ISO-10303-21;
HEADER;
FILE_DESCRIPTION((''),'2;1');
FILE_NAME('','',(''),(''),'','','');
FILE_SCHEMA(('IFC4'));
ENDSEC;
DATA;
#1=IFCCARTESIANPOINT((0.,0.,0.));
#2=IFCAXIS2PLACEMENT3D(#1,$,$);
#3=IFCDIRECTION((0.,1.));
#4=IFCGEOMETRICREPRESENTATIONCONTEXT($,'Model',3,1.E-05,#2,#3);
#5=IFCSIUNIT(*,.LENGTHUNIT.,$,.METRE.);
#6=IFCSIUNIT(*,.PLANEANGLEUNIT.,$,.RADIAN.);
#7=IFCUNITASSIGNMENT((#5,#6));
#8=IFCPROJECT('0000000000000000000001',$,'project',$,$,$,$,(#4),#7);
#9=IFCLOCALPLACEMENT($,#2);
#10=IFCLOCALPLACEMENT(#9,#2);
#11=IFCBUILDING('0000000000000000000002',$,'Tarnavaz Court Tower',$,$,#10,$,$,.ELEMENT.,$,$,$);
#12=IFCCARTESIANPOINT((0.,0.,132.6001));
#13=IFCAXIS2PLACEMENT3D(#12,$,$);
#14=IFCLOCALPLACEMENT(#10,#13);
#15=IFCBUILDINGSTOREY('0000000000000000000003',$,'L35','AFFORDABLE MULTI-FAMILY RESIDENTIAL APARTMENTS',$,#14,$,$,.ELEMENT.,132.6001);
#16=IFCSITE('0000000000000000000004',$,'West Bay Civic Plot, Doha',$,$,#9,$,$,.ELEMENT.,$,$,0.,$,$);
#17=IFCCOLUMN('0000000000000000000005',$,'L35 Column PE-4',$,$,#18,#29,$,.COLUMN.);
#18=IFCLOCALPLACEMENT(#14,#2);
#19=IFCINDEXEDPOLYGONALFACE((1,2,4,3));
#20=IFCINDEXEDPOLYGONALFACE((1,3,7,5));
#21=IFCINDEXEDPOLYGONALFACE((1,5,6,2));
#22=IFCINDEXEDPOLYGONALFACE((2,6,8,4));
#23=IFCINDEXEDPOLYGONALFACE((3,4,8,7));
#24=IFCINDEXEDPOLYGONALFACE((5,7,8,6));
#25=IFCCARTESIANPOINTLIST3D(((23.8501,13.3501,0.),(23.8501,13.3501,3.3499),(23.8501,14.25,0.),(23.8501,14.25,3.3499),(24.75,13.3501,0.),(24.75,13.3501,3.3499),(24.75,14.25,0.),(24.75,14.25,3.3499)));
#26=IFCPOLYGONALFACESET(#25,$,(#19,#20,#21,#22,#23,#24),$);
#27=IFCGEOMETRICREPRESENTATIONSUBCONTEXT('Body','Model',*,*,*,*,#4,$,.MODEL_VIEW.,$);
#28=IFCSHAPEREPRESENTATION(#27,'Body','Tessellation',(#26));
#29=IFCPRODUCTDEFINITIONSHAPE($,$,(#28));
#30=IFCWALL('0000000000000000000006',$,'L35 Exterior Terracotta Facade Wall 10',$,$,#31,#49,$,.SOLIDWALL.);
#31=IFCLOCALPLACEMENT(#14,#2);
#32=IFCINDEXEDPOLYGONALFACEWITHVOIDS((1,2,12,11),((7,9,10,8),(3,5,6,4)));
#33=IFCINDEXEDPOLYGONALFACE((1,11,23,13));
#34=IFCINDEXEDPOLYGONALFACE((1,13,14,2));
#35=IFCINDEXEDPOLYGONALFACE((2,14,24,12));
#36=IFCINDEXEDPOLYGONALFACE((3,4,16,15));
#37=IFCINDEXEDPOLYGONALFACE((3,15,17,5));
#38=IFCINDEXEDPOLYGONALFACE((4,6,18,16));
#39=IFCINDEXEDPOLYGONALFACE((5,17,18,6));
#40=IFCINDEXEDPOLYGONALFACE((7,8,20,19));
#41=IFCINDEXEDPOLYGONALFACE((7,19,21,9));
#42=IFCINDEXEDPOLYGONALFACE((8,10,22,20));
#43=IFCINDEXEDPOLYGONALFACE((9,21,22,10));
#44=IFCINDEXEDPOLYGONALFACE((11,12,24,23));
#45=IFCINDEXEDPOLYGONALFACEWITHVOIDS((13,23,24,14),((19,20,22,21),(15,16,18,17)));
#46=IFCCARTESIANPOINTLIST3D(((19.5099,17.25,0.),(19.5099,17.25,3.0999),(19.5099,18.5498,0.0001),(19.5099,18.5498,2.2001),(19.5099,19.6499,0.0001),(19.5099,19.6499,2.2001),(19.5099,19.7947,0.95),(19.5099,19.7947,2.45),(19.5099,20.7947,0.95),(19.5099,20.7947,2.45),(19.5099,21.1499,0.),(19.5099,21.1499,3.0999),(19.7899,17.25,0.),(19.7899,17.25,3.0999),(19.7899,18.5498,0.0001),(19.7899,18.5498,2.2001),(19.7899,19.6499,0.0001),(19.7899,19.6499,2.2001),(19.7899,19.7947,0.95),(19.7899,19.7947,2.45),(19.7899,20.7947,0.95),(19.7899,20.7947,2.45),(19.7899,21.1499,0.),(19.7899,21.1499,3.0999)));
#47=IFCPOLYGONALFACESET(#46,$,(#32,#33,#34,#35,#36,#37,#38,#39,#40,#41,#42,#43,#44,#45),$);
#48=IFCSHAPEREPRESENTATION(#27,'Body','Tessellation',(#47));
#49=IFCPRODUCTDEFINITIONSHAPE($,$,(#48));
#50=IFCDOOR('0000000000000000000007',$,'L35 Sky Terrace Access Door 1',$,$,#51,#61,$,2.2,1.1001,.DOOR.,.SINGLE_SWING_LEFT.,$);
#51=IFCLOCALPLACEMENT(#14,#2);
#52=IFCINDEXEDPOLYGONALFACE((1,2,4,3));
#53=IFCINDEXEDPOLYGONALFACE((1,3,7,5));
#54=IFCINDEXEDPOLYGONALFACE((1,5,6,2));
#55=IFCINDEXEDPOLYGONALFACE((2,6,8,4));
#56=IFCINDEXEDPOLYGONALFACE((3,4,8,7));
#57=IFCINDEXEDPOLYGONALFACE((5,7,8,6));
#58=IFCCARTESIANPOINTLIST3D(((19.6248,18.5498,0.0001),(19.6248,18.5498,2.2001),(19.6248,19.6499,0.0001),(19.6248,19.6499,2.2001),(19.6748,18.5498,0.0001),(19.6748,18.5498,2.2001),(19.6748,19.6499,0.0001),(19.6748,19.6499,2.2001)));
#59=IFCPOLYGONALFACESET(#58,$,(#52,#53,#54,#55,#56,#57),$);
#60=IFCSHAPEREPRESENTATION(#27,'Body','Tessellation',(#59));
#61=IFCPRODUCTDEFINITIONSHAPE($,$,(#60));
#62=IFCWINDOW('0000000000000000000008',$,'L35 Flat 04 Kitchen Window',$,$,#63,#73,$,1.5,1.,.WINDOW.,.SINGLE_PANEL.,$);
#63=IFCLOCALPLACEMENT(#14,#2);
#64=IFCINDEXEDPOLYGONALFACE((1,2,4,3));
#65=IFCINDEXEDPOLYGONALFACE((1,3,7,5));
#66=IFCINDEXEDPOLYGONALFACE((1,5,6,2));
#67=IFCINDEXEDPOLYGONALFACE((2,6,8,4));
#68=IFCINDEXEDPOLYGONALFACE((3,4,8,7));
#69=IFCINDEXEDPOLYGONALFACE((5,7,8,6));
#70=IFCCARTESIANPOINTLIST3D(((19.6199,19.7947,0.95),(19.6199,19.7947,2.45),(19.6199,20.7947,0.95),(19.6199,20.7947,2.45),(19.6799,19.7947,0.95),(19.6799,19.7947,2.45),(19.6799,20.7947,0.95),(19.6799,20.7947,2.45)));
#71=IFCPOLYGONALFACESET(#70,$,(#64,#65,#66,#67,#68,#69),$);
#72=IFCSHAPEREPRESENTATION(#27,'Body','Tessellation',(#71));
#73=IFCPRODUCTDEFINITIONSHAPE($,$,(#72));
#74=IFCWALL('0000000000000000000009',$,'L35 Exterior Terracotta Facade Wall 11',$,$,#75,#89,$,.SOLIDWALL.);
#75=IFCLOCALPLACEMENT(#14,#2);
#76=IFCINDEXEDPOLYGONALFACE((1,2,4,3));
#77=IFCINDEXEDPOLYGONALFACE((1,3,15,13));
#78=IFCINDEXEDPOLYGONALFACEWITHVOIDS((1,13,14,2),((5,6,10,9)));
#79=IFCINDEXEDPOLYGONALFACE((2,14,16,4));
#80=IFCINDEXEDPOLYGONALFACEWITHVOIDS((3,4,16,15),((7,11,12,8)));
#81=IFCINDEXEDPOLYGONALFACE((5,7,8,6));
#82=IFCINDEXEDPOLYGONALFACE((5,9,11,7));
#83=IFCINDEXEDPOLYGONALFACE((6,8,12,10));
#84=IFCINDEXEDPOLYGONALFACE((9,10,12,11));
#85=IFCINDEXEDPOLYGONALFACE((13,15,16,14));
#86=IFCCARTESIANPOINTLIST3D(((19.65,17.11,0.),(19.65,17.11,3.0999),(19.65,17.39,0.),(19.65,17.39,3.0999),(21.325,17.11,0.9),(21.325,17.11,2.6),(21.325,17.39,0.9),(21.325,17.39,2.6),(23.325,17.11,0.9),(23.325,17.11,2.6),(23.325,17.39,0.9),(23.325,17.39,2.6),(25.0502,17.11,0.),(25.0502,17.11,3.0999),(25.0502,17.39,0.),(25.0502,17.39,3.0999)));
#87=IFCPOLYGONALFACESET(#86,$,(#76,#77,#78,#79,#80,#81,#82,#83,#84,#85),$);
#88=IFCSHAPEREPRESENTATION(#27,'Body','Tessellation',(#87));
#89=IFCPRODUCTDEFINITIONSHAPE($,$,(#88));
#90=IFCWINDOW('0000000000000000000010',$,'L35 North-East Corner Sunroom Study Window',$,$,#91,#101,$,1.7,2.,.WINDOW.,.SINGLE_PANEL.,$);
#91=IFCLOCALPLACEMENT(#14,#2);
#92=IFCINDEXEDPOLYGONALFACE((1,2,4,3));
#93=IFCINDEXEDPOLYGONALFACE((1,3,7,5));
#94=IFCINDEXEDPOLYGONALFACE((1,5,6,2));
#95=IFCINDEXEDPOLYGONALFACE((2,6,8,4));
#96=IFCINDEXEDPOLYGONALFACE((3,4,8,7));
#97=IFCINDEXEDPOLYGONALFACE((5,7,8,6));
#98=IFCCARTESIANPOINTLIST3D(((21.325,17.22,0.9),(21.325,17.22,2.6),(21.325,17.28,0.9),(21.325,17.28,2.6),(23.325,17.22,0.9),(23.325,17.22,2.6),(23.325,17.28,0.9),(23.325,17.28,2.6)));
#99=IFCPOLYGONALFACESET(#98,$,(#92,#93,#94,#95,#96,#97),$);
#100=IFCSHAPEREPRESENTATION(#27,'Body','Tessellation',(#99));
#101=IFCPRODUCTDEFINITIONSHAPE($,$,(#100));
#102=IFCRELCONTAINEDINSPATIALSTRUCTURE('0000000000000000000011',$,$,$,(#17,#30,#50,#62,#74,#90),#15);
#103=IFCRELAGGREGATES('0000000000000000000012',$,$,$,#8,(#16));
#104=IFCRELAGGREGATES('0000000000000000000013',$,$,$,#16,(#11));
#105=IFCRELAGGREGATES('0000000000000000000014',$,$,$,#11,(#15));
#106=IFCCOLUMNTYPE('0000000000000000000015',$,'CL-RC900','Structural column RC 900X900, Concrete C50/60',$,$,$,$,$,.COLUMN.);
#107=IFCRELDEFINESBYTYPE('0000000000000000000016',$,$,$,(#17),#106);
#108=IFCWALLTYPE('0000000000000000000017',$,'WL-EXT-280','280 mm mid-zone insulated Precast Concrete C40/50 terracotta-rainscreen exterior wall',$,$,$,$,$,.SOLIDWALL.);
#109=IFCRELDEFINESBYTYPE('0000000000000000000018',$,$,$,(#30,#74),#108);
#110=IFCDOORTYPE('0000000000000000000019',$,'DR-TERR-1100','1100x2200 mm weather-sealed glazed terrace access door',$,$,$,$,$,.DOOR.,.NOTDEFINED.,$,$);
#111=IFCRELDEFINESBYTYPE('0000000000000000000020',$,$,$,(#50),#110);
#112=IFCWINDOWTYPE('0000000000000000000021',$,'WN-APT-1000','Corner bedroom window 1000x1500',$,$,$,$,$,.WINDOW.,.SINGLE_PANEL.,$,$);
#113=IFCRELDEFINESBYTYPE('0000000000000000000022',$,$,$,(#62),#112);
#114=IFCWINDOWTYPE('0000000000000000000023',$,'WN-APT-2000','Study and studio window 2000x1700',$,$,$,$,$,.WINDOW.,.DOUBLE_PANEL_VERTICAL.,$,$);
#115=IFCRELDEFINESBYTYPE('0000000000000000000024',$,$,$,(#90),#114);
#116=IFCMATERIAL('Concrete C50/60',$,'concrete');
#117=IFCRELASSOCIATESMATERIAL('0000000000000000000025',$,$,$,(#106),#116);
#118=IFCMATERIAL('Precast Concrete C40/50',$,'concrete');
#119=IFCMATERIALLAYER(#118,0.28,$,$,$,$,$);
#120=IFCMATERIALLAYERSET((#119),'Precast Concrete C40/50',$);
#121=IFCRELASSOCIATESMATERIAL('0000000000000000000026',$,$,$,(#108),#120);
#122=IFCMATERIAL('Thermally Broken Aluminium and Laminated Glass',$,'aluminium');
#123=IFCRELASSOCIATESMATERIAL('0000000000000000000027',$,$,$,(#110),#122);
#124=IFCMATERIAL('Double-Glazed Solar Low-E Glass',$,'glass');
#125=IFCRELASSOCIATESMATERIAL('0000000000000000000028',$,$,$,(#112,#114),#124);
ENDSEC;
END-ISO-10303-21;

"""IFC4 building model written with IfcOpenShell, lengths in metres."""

from ifc_helpers import new_model, si_unit, direction, frame, frame_2d, origin, origin_2d, place, context, subcontext, project, spatial, rectangle, extrude, material, layer, layer_set, material_profile, profile_set, type_object, element, fill, save


model = new_model("IFC4")

# Units and contexts
model_context = context("Model", 3, precision=1e-05, world=origin(), true_north=direction((0.0, 1.0)))
body_context = subcontext(model_context, "Body", "Model", "MODEL_VIEW")
ifc_project = project(units=[si_unit("LENGTHUNIT", "METRE"), si_unit("PLANEANGLEUNIT", "RADIAN")], contexts=[model_context])

# Site, building, storey
site_placement = place(None, origin())
site = spatial("IfcSite", under=ifc_project, at=site_placement, Name="West Bay Civic Plot, Doha", CompositionType="ELEMENT", RefElevation=0.0)
building_placement = place(site_placement, origin())
building = spatial("IfcBuilding", under=site, at=building_placement, Name="Tarnavaz Court Tower", CompositionType="ELEMENT")
storey_placement = place(building_placement, frame((0.0, 0.0, 132.6001)))
storey = spatial("IfcBuildingStorey", under=building, at=storey_placement, Name="L35", Description="AFFORDABLE MULTI-FAMILY RESIDENTIAL APARTMENTS", CompositionType="ELEMENT", Elevation=132.6001)

# Column
ifc_material_1 = material(Name="Concrete C50/60", Category="concrete")
ifc_material_profile_1 = material_profile(ifc_material_1, rectangle(XDim=0.8999, YDim=0.8999, at=origin_2d()), Name="RC 900X900")
ifc_profile_set_1 = profile_set([ifc_material_profile_1], Name="Concrete C50/60")
column_type = type_object("IfcColumnType", Name="CL-RC900", Description="Structural column RC 900X900, Concrete C50/60", PredefinedType="COLUMN", material=ifc_profile_set_1)
column_placement = place(storey_placement, frame((24.3, 13.8, 0.0), z_axis=(0.0, 0.0, 1.0), x_axis=(1.0, 0.0, 0.0)))
element("IfcColumn", 1, at=column_placement, inside=storey, type_object=column_type, Name="L35 Column PE-4", PredefinedType="COLUMN", context=body_context, shape_type="SweptSolid", body=[
    extrude(rectangle(XDim=0.8999, YDim=0.8999, at=origin_2d()), origin(), (0.0, 0.0, 1.0), 3.3499),
])

# Wall, openings, door, window
ifc_material_2 = material(Name="Precast Concrete C40/50", Category="concrete")
ifc_layer_1 = layer(ifc_material_2, 0.28)
ifc_layer_set_1 = layer_set([ifc_layer_1], Name="Precast Concrete C40/50")
wall_type_1 = type_object("IfcWallType", Name="WL-EXT-280", Description="280 mm mid-zone insulated Precast Concrete C40/50 terracotta-rainscreen exterior wall", PredefinedType="SOLIDWALL", material=ifc_layer_set_1)
wall_1_placement = place(storey_placement, frame((19.6499, 21.1499, 0.0), z_axis=(0.0, 0.0, 1.0), x_axis=(0.0, -1.0, 0.0)))
wall_1 = element("IfcWall", 2, at=wall_1_placement, inside=storey, type_object=wall_type_1, Name="L35 Exterior Terracotta Facade Wall 10", PredefinedType="SOLIDWALL", context=body_context, shape_type="SweptSolid", body=[
    extrude(rectangle(XDim=3.8999, YDim=0.28, at=frame_2d((1.95, 0.0))), origin(), (0.0, 0.0, 1.0), 3.0999),
])
opening_1_placement = place(wall_1_placement, frame((1.5, 0.0, 0.0)))
opening_1 = element("IfcOpeningElement", 3, at=opening_1_placement, cuts=wall_1, PredefinedType="OPENING", context=body_context, shape_type="SweptSolid", body=[
    extrude(rectangle(XDim=1.1001, YDim=2.2, at=frame_2d((0.55, 1.1001))), frame((0.0, 0.1499, 0.0), z_axis=(0.0, -1.0, 0.0), x_axis=(1.0, 0.0, 0.0)), (0.0, 0.0, 1.0), 0.3),
])
opening_2_placement = place(wall_1_placement, frame((0.3552, 0.0, 0.95)))
opening_2 = element("IfcOpeningElement", 4, at=opening_2_placement, cuts=wall_1, PredefinedType="OPENING", context=body_context, shape_type="SweptSolid", body=[
    extrude(rectangle(XDim=1.0, YDim=1.5, at=frame_2d((0.5, 0.75))), frame((0.0, 0.1499, 0.0), z_axis=(0.0, -1.0, 0.0), x_axis=(1.0, 0.0, 0.0)), (0.0, 0.0, 1.0), 0.3),
])
ifc_material_3 = material(Name="Thermally Broken Aluminium and Laminated Glass", Category="aluminium")
door_type_1 = type_object("IfcDoorType", Name="DR-TERR-1100", Description="1100x2200 mm weather-sealed glazed terrace access door", OperationType="NOTDEFINED", PredefinedType="DOOR", material=ifc_material_3)
door_1_placement = place(opening_1_placement, origin())
door_1 = element("IfcDoor", 5, at=door_1_placement, inside=storey, type_object=door_type_1, Name="L35 Sky Terrace Access Door 1", OperationType="SINGLE_SWING_LEFT", OverallHeight=2.2, OverallWidth=1.1001, PredefinedType="DOOR", context=body_context, shape_type="SweptSolid", body=[
    extrude(rectangle(XDim=1.1001, YDim=2.2, at=frame_2d((0.55, 1.1001))), frame((0.0, 0.0249, 0.0), z_axis=(0.0, -1.0, 0.0), x_axis=(1.0, 0.0, 0.0)), (0.0, 0.0, 1.0), 0.05),
])
fill(opening_1, door_1)
ifc_material_4 = material(Name="Double-Glazed Solar Low-E Glass", Category="glass")
window_type_1 = type_object("IfcWindowType", Name="WN-APT-1000", Description="Corner bedroom window 1000x1500", PartitioningType="SINGLE_PANEL", PredefinedType="WINDOW", material=ifc_material_4)
window_1_placement = place(opening_2_placement, origin())
window_1 = element("IfcWindow", 6, at=window_1_placement, inside=storey, type_object=window_type_1, Name="L35 Flat 04 Kitchen Window", OverallHeight=1.5, OverallWidth=1.0, PartitioningType="SINGLE_PANEL", PredefinedType="WINDOW", context=body_context, shape_type="SweptSolid", body=[
    extrude(rectangle(XDim=1.0, YDim=1.5, at=frame_2d((0.5, 0.75))), frame((0.0, 0.03, 0.0), z_axis=(0.0, -1.0, 0.0), x_axis=(1.0, 0.0, 0.0)), (0.0, 0.0, 1.0), 0.0601),
])
fill(opening_2, window_1)

# Wall, opening, window
wall_2_placement = place(storey_placement, frame((19.6499, 17.25, 0.0), z_axis=(0.0, 0.0, 1.0), x_axis=(1.0, 0.0, 0.0)))
wall_2 = element("IfcWall", 7, at=wall_2_placement, inside=storey, type_object=wall_type_1, Name="L35 Exterior Terracotta Facade Wall 11", PredefinedType="SOLIDWALL", context=body_context, shape_type="SweptSolid", body=[
    extrude(rectangle(XDim=5.4001, YDim=0.28, at=frame_2d((2.7002, 0.0))), origin(), (0.0, 0.0, 1.0), 3.0999),
])
opening_3_placement = place(wall_2_placement, frame((1.675, 0.0, 0.8999)))
opening_3 = element("IfcOpeningElement", 8, at=opening_3_placement, cuts=wall_2, PredefinedType="OPENING", context=body_context, shape_type="SweptSolid", body=[
    extrude(rectangle(XDim=2.0, YDim=1.7, at=frame_2d((1.0, 0.8501))), frame((0.0, 0.1499, 0.0), z_axis=(0.0, -1.0, 0.0), x_axis=(1.0, 0.0, 0.0)), (0.0, 0.0, 1.0), 0.3),
])
window_type_2 = type_object("IfcWindowType", Name="WN-APT-2000", Description="Study and studio window 2000x1700", PartitioningType="DOUBLE_PANEL_VERTICAL", PredefinedType="WINDOW", material=ifc_material_4)
window_2_placement = place(opening_3_placement, origin())
window_2 = element("IfcWindow", 9, at=window_2_placement, inside=storey, type_object=window_type_2, Name="L35 North-East Corner Sunroom Study Window", OverallHeight=1.7, OverallWidth=2.0, PartitioningType="SINGLE_PANEL", PredefinedType="WINDOW", context=body_context, shape_type="SweptSolid", body=[
    extrude(rectangle(XDim=2.0, YDim=1.7, at=frame_2d((1.0, 0.8501))), frame((0.0, 0.03, 0.0), z_axis=(0.0, -1.0, 0.0), x_axis=(1.0, 0.0, 0.0)), (0.0, 0.0, 1.0), 0.0601),
])
fill(opening_3, window_2)

save(model, "model.ifc")
